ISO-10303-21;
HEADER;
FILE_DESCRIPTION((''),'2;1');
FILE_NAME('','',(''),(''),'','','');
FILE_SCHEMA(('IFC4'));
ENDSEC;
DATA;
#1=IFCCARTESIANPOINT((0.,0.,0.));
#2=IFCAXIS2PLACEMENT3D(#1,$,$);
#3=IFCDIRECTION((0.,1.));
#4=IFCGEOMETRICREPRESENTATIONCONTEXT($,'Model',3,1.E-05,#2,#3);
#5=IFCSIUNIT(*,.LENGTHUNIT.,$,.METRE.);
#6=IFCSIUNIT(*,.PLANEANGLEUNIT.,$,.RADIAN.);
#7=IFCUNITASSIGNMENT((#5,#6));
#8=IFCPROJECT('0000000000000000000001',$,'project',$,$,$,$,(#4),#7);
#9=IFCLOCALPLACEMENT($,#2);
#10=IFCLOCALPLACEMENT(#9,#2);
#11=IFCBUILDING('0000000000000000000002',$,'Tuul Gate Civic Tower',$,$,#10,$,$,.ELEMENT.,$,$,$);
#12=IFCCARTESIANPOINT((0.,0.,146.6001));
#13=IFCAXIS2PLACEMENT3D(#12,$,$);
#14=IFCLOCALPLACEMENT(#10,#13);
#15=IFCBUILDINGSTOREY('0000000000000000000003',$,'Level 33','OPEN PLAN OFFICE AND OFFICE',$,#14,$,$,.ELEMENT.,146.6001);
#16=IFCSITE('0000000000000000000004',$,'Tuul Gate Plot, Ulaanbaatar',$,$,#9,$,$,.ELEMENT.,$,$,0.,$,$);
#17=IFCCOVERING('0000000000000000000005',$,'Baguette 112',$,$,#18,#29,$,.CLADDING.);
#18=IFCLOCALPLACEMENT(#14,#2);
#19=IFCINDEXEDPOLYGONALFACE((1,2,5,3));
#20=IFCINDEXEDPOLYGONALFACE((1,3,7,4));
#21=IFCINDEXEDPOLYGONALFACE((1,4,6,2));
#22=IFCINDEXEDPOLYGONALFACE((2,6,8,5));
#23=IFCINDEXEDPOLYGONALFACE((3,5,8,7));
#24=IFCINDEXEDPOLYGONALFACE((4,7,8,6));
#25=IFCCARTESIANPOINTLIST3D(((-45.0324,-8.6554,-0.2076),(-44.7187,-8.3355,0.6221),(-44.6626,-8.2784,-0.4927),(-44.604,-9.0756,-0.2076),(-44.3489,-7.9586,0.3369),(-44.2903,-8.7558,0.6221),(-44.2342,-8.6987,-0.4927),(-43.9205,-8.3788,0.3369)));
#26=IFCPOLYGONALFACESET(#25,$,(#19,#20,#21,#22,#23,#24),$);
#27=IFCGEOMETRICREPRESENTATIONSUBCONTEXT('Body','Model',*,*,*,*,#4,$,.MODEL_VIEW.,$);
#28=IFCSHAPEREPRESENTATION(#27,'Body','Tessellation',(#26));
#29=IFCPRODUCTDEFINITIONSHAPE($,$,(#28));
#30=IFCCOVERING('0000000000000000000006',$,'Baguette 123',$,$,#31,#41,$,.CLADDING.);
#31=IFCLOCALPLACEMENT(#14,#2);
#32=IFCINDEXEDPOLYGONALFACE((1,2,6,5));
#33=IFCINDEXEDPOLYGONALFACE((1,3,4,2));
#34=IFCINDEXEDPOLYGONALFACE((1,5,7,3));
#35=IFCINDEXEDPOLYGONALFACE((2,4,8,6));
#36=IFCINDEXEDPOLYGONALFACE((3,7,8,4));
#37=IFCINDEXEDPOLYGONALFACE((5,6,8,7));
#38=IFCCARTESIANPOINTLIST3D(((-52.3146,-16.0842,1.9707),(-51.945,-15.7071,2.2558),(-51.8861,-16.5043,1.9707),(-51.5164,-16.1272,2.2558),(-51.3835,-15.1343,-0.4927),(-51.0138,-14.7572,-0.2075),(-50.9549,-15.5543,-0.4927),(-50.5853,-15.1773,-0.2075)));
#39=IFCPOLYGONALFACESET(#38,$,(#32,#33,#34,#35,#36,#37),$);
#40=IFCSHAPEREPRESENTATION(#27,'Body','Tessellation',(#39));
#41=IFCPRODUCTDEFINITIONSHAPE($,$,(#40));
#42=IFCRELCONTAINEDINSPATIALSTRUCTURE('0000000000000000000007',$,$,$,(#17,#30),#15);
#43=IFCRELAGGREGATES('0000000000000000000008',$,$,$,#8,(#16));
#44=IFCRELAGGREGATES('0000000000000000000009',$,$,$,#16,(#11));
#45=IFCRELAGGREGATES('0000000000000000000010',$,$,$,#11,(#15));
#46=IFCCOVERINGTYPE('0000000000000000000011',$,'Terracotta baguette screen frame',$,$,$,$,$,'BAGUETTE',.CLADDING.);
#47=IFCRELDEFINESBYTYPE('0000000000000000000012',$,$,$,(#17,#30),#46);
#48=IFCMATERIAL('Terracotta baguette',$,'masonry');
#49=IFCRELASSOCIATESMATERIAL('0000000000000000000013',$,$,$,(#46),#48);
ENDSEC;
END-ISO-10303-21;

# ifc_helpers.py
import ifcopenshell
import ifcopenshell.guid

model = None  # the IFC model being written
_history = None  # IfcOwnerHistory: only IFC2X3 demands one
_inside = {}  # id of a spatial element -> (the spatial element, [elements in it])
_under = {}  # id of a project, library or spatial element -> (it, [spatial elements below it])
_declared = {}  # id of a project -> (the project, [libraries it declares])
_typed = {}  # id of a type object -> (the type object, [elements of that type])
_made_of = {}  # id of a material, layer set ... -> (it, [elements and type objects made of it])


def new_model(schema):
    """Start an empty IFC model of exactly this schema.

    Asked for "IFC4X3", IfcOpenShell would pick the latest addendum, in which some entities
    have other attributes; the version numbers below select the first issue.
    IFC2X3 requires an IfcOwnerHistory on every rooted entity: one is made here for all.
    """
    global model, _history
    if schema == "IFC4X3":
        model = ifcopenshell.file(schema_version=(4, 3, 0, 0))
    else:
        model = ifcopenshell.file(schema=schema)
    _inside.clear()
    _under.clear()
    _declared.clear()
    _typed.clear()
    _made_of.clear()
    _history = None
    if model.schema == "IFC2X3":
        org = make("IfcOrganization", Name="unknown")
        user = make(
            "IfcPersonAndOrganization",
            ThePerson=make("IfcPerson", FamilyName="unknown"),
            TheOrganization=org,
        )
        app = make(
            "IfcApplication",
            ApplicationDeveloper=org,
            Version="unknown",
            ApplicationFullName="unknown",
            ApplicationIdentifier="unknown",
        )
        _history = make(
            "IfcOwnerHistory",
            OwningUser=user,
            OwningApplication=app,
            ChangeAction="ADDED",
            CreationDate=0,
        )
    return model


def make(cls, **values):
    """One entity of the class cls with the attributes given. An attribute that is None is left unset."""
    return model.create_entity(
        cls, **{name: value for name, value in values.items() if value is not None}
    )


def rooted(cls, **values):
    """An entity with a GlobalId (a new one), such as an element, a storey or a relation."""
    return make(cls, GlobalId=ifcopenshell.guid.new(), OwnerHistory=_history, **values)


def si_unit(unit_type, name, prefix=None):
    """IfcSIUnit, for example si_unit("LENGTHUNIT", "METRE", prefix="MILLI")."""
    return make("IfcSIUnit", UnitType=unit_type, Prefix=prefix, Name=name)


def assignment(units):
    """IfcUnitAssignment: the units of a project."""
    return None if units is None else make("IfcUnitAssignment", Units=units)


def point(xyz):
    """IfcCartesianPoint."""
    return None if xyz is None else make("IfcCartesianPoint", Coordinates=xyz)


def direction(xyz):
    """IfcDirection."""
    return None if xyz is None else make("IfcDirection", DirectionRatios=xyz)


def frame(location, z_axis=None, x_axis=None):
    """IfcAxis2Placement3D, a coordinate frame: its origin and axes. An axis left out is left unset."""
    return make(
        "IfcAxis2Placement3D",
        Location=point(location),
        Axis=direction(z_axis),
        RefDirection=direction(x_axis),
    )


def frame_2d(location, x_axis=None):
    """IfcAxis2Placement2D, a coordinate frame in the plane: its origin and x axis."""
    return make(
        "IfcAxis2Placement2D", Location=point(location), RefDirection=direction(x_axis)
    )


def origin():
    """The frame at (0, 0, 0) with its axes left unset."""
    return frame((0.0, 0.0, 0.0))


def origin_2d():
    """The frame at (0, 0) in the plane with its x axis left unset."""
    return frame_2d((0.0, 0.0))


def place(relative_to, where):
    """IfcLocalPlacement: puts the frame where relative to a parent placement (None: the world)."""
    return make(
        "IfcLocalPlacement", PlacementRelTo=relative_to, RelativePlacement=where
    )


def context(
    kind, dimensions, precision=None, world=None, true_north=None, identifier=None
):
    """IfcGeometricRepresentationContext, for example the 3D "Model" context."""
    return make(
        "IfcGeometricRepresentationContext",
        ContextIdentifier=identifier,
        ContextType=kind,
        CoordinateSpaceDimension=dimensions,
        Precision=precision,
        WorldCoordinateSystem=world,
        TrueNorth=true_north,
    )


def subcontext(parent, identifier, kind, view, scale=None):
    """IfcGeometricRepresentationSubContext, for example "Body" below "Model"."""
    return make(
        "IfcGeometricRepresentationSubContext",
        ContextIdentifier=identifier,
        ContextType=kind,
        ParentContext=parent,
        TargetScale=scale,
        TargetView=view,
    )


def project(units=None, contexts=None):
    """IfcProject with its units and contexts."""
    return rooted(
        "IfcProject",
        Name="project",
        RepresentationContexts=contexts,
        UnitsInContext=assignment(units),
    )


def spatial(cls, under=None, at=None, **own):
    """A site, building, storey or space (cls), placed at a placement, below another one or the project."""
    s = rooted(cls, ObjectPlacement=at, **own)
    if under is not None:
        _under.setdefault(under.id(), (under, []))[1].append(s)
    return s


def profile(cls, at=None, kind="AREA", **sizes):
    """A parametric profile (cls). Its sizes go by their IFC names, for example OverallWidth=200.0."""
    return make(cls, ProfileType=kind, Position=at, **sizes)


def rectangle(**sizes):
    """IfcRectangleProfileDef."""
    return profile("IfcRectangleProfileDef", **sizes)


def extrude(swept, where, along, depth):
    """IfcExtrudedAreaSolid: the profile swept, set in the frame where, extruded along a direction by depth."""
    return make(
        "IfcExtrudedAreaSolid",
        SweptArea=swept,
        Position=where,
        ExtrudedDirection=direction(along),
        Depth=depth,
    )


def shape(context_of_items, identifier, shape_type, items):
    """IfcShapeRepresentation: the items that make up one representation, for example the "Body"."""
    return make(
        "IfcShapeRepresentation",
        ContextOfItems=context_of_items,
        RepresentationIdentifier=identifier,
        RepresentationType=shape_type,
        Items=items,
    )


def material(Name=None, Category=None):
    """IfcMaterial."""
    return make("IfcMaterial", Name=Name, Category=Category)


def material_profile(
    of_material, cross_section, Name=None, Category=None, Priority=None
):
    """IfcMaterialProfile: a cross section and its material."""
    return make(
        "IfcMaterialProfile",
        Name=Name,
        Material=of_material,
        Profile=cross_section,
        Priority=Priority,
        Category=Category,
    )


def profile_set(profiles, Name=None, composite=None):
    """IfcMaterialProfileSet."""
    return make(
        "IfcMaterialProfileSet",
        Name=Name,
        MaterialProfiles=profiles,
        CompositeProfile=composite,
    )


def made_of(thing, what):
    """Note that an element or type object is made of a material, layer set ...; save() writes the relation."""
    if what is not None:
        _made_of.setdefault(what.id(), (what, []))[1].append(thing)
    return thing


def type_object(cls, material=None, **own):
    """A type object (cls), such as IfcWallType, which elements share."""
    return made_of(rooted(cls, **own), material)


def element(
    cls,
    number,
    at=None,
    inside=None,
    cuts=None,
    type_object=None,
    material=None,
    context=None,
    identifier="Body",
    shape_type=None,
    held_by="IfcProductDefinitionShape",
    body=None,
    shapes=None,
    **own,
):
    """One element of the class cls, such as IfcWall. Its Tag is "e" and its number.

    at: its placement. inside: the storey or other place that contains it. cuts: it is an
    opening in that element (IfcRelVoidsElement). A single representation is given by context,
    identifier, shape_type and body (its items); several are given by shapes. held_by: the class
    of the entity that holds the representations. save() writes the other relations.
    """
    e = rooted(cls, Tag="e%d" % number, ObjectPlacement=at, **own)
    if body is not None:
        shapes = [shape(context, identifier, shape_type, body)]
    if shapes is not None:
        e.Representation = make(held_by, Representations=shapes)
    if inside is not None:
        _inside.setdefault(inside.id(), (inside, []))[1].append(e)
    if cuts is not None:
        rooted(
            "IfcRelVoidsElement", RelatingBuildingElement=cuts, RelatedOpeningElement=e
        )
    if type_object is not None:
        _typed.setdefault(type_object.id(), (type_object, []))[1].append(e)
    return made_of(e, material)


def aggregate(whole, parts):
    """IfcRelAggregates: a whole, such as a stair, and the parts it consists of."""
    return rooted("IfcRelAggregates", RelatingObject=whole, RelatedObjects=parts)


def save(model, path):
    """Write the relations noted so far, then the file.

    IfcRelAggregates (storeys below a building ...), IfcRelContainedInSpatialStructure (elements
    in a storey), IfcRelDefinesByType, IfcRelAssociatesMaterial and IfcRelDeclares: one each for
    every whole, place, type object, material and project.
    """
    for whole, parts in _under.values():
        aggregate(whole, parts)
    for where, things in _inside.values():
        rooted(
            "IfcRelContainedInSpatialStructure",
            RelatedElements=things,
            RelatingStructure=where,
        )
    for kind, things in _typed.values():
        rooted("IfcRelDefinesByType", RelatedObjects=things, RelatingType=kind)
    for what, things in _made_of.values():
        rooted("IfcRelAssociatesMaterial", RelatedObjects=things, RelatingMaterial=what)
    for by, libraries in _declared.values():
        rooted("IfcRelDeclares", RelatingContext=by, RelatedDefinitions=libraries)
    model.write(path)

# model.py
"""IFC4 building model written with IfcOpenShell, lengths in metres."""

from ifc_helpers import new_model, si_unit, direction, frame, origin, origin_2d, place, context, subcontext, project, spatial, rectangle, extrude, material, material_profile, profile_set, type_object, element, save


model = new_model("IFC4")

# Units and contexts
model_context = context("Model", 3, precision=1e-05, world=origin(), true_north=direction((0.0, 1.0)))
body_context = subcontext(model_context, "Body", "Model", "MODEL_VIEW")
ifc_project = project(units=[si_unit("LENGTHUNIT", "METRE"), si_unit("PLANEANGLEUNIT", "RADIAN")], contexts=[model_context])

# Site, building, storey
site_placement = place(None, origin())
site = spatial("IfcSite", under=ifc_project, at=site_placement, Name="Tuul Gate Plot, Ulaanbaatar", CompositionType="ELEMENT", RefElevation=0.0)
building_placement = place(site_placement, origin())
building = spatial("IfcBuilding", under=site, at=building_placement, Name="Tuul Gate Civic Tower", CompositionType="ELEMENT")
storey_placement = place(building_placement, frame((0.0, 0.0, 146.6001)))
storey = spatial("IfcBuildingStorey", under=building, at=storey_placement, Name="Level 33", Description="OPEN PLAN OFFICE AND OFFICE", CompositionType="ELEMENT", Elevation=146.6001)

# Coverings
ifc_material_1 = material(Name="Terracotta baguette", Category="masonry")
ifc_material_profile_1 = material_profile(ifc_material_1, rectangle(XDim=0.6001, YDim=0.6001, at=origin_2d()), Name="Terracotta baguette screen frame")
ifc_profile_set_1 = profile_set([ifc_material_profile_1], Name="Terracotta baguette")
covering_type = type_object("IfcCoveringType", Name="Terracotta baguette screen frame", ElementType="BAGUETTE", PredefinedType="CLADDING", material=ifc_profile_set_1)
covering_1_placement = place(storey_placement, frame((-44.3196, -8.3572, 0.4795), z_axis=(-0.332744, -0.339217, -0.879894), x_axis=(0.713886, -0.700262, 0.0)))
element("IfcCovering", 1, at=covering_1_placement, inside=storey, type_object=covering_type, Name="Baguette 112", PredefinedType="CLADDING", context=body_context, shape_type="SweptSolid", body=[
    extrude(rectangle(XDim=0.6001, YDim=0.6001, at=origin_2d()), origin(), (0.0, 0.0, 1.0), 0.9429),
])
covering_2_placement = place(storey_placement, frame((-50.9844, -15.1558, -0.3501), z_axis=(-0.332603, -0.339318, 0.879908), x_axis=(0.714138, -0.700005, 0.0)))
element("IfcCovering", 2, at=covering_2_placement, inside=storey, type_object=covering_type, Name="Baguette 123", PredefinedType="CLADDING", context=body_context, shape_type="SweptSolid", body=[
    extrude(rectangle(XDim=0.6001, YDim=0.6001, at=origin_2d()), origin(), (0.0, 0.0, 1.0), 2.7996),
])

save(model, "model.ifc")
